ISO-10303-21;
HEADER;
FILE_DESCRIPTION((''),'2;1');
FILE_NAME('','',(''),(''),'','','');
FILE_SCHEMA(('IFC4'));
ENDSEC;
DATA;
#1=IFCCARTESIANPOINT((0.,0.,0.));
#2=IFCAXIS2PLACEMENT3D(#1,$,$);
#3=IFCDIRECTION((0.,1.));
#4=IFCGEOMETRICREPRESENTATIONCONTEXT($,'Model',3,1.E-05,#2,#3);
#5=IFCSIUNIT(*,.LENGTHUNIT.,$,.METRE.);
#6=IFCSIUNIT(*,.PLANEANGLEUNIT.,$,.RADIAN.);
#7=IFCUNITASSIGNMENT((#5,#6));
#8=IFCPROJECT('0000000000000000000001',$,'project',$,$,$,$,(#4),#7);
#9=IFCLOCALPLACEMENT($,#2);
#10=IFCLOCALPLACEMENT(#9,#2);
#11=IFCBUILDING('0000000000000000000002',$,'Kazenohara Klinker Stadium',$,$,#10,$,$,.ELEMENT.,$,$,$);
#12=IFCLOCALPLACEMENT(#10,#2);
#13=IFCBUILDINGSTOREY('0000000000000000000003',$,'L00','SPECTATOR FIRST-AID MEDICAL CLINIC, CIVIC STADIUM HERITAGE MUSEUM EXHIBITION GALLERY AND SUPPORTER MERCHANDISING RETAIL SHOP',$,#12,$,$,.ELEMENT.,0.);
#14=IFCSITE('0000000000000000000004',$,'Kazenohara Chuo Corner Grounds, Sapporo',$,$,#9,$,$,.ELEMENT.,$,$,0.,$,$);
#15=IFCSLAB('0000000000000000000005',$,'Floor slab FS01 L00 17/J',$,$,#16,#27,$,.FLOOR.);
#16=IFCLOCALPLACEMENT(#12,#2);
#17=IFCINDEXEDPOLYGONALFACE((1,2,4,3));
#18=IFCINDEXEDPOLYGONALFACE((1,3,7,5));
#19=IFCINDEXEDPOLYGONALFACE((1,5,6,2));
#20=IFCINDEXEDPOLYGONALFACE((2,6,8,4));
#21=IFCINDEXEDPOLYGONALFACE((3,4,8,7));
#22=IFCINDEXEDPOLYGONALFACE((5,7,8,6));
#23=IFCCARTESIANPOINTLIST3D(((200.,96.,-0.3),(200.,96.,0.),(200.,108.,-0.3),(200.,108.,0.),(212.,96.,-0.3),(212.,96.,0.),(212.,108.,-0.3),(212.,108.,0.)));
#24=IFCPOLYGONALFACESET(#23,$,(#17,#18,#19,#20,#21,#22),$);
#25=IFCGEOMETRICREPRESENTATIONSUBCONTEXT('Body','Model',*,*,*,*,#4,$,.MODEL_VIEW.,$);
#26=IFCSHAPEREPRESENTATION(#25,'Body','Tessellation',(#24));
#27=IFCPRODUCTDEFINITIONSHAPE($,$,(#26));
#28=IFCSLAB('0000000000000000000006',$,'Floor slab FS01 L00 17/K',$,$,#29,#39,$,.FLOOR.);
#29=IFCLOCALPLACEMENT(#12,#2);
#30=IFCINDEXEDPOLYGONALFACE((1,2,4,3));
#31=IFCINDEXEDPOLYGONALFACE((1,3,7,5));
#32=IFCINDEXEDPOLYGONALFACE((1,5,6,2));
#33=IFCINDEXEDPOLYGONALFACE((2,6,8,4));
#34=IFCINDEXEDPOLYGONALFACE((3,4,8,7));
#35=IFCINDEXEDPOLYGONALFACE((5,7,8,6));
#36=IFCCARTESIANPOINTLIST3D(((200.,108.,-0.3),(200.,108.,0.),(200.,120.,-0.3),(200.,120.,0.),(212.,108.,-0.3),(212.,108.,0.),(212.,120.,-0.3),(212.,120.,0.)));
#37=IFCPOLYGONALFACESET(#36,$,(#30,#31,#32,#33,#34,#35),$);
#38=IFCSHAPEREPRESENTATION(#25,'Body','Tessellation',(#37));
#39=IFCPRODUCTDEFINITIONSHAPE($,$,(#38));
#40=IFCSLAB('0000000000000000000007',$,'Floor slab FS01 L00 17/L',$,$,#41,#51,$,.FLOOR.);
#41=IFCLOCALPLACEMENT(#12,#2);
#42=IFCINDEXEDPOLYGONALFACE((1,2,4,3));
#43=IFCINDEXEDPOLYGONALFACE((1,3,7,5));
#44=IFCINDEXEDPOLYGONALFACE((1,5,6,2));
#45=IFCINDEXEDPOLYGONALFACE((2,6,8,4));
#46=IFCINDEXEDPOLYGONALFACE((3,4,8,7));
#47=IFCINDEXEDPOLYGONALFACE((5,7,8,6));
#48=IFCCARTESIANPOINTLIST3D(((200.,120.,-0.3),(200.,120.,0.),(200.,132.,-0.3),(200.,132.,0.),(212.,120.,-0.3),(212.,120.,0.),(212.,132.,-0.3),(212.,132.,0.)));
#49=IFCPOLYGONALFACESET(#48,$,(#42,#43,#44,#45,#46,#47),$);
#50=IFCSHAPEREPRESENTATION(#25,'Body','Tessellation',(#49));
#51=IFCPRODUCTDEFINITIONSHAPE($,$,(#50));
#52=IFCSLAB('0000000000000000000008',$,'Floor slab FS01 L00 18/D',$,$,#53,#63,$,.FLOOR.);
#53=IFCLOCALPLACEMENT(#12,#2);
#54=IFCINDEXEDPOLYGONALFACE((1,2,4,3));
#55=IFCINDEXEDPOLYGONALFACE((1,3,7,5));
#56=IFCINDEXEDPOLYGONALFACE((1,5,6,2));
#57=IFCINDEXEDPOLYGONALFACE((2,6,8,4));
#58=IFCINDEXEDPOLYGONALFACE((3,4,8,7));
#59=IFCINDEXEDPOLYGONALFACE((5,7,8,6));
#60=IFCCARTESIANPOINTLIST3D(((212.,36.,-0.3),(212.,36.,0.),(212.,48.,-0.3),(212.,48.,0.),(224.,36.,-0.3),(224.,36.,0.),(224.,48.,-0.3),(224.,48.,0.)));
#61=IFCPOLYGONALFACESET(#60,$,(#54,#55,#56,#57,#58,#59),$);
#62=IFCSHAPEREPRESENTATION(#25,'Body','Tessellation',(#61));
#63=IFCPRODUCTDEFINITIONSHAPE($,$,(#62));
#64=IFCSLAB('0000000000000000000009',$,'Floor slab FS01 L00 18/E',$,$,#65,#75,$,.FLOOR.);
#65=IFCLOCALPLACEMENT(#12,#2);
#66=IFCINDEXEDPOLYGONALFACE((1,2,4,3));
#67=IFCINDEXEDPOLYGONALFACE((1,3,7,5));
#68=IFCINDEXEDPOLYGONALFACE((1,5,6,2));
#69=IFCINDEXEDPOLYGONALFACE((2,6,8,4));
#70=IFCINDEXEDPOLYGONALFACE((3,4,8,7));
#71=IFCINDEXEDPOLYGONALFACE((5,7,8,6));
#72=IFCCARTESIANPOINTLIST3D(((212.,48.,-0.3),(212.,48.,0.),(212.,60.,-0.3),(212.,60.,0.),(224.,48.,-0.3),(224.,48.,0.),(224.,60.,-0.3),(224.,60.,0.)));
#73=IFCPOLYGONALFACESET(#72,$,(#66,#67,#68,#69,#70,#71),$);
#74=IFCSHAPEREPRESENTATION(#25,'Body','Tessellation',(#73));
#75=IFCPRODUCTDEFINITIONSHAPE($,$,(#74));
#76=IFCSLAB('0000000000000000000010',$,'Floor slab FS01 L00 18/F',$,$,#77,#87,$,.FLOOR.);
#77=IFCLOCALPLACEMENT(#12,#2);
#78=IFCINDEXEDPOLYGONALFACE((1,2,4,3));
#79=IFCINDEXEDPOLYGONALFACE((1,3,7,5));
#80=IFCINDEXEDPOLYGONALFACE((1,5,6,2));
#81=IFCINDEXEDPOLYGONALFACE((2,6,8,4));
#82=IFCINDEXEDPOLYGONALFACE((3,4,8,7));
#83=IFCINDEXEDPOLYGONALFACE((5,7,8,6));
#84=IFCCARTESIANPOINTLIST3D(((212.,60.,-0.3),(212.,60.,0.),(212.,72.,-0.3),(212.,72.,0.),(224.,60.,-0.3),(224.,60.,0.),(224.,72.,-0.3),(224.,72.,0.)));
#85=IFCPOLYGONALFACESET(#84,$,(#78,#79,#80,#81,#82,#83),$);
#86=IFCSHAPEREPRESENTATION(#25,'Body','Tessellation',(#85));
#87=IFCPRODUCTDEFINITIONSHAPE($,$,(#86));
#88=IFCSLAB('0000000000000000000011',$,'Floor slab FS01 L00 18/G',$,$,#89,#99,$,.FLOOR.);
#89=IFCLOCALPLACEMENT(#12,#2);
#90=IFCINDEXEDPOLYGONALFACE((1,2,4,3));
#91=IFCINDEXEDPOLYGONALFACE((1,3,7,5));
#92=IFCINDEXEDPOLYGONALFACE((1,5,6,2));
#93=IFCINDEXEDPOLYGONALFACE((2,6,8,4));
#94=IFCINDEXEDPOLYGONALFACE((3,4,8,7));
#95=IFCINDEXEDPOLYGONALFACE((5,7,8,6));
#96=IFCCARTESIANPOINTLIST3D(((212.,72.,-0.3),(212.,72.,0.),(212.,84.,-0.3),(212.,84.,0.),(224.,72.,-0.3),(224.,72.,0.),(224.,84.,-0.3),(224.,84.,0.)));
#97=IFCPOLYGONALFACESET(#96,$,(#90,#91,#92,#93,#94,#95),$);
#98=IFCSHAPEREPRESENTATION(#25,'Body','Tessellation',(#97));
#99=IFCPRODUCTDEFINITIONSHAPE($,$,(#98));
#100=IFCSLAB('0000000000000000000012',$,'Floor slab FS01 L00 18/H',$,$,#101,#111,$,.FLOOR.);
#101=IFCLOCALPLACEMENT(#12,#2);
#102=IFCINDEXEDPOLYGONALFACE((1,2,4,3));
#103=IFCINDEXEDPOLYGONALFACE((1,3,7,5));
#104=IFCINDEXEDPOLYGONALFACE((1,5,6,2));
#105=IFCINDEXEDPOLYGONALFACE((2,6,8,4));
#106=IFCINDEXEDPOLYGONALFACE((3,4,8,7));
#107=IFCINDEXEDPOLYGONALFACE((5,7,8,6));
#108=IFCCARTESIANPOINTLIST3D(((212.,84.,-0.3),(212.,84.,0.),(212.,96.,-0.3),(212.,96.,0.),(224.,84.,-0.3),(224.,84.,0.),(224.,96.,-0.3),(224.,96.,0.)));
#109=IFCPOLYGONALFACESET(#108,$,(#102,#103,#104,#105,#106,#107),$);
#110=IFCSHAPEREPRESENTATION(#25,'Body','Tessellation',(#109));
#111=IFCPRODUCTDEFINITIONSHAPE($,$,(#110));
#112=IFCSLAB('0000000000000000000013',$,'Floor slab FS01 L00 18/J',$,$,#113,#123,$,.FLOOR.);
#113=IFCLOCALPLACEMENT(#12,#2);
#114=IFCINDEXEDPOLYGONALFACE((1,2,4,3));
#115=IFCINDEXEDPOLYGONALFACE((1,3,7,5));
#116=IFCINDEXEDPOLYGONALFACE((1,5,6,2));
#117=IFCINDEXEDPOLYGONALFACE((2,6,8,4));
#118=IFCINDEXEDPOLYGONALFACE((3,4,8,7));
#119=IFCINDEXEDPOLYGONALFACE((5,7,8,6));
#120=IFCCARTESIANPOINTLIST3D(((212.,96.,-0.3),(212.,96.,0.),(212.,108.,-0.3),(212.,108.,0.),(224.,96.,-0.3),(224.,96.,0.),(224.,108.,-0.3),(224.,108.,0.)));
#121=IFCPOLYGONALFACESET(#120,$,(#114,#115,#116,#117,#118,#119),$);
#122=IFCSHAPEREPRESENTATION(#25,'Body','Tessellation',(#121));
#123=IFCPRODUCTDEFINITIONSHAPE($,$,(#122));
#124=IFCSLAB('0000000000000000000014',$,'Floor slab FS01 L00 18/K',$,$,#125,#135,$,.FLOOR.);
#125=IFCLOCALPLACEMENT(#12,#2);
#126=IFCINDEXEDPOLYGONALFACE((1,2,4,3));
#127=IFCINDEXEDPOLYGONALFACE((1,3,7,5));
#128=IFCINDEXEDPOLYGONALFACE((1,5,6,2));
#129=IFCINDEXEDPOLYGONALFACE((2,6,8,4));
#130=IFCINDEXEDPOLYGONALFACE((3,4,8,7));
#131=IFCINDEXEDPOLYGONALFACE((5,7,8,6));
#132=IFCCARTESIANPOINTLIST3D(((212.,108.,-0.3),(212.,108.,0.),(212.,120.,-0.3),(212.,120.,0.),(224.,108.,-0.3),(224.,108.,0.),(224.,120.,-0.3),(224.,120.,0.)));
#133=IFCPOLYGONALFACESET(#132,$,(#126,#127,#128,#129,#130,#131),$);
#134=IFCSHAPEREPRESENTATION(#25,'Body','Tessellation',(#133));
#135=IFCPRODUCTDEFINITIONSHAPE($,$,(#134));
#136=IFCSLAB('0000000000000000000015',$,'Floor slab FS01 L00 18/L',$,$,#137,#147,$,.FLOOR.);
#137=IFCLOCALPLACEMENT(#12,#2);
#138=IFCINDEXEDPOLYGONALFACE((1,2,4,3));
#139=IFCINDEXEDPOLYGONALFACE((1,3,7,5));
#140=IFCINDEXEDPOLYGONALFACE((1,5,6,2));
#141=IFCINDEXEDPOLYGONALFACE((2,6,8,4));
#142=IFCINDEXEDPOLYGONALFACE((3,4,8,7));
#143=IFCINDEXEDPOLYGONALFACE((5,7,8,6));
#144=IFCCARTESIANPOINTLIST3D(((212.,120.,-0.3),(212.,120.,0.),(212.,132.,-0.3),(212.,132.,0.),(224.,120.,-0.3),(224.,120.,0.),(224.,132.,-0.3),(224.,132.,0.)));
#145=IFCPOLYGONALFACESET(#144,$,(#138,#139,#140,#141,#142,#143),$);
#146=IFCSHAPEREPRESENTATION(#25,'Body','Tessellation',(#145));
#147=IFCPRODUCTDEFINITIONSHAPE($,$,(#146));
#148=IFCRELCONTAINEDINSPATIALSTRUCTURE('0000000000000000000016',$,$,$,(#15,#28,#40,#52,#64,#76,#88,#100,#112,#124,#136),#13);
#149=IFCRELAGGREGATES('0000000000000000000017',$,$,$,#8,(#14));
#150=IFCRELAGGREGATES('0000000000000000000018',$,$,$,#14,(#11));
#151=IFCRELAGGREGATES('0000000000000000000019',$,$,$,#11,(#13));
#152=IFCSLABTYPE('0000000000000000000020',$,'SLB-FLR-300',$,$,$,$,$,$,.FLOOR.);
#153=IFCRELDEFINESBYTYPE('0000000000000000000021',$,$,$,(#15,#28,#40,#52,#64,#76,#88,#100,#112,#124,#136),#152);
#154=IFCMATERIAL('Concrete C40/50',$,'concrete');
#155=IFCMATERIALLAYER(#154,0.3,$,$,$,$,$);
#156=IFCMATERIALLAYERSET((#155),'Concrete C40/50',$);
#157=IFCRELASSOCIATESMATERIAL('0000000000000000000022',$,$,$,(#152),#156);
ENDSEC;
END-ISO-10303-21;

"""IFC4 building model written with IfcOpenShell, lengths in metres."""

from ifc_helpers import new_model, si_unit, direction, frame, origin, place, context, subcontext, project, spatial, polyline, outline, extrude, material, layer, layer_set, type_object, element, save


model = new_model("IFC4")

# Units and contexts
model_context = context("Model", 3, precision=1e-05, world=origin(), true_north=direction((0.0, 1.0)))
body_context = subcontext(model_context, "Body", "Model", "MODEL_VIEW")
ifc_project = project(units=[si_unit("LENGTHUNIT", "METRE"), si_unit("PLANEANGLEUNIT", "RADIAN")], contexts=[model_context])

# Site, building, storey
site_placement = place(None, origin())
site = spatial("IfcSite", under=ifc_project, at=site_placement, Name="Kazenohara Chuo Corner Grounds, Sapporo", CompositionType="ELEMENT", RefElevation=0.0)
building_placement = place(site_placement, origin())
building = spatial("IfcBuilding", under=site, at=building_placement, Name="Kazenohara Klinker Stadium", CompositionType="ELEMENT")
storey_placement = place(building_placement, origin())
storey = spatial("IfcBuildingStorey", under=building, at=storey_placement, Name="L00", Description="SPECTATOR FIRST-AID MEDICAL CLINIC, CIVIC STADIUM HERITAGE MUSEUM EXHIBITION GALLERY AND SUPPORTER MERCHANDISING RETAIL SHOP", CompositionType="ELEMENT", Elevation=0.0)

# Slabs
ifc_material = material(Name="Concrete C40/50", Category="concrete")
ifc_layer_1 = layer(ifc_material, 0.3)
ifc_layer_set_1 = layer_set([ifc_layer_1], Name="Concrete C40/50")
slab_type_1 = type_object("IfcSlabType", Name="SLB-FLR-300", PredefinedType="FLOOR", material=ifc_layer_set_1)
slab_1_placement = place(storey_placement, frame((0.0, 0.0, -0.3)))
element("IfcSlab", 1, at=slab_1_placement, inside=storey, type_object=slab_type_1, Name="Floor slab FS01 L00 17/J", PredefinedType="FLOOR", context=body_context, shape_type="SweptSolid", body=[
    extrude(outline(polyline([(200.0, 96.0), (212.0, 96.0), (212.0, 108.0), (200.0, 108.0), (200.0, 96.0)])), origin(), (0.0, 0.0, 1.0), 0.3),
])
slab_2_placement = place(storey_placement, frame((0.0, 0.0, -0.3)))
element("IfcSlab", 2, at=slab_2_placement, inside=storey, type_object=slab_type_1, Name="Floor slab FS01 L00 17/K", PredefinedType="FLOOR", context=body_context, shape_type="SweptSolid", body=[
    extrude(outline(polyline([(200.0, 108.0), (212.0, 108.0), (212.0, 120.0), (200.0, 120.0), (200.0, 108.0)])), origin(), (0.0, 0.0, 1.0), 0.3),
])
slab_3_placement = place(storey_placement, frame((0.0, 0.0, -0.3)))
element("IfcSlab", 3, at=slab_3_placement, inside=storey, type_object=slab_type_1, Name="Floor slab FS01 L00 17/L", PredefinedType="FLOOR", context=body_context, shape_type="SweptSolid", body=[
    extrude(outline(polyline([(200.0, 120.0), (212.0, 120.0), (212.0, 132.0), (200.0, 132.0), (200.0, 120.0)])), origin(), (0.0, 0.0, 1.0), 0.3),
])
slab_4_placement = place(storey_placement, frame((0.0, 0.0, -0.3)))
element("IfcSlab", 4, at=slab_4_placement, inside=storey, type_object=slab_type_1, Name="Floor slab FS01 L00 18/D", PredefinedType="FLOOR", context=body_context, shape_type="SweptSolid", body=[
    extrude(outline(polyline([(212.0, 36.0), (224.0, 36.0), (224.0, 48.0), (212.0, 48.0), (212.0, 36.0)])), origin(), (0.0, 0.0, 1.0), 0.3),
])
slab_5_placement = place(storey_placement, frame((0.0, 0.0, -0.3)))
element("IfcSlab", 5, at=slab_5_placement, inside=storey, type_object=slab_type_1, Name="Floor slab FS01 L00 18/E", PredefinedType="FLOOR", context=body_context, shape_type="SweptSolid", body=[
    extrude(outline(polyline([(212.0, 48.0), (224.0, 48.0), (224.0, 60.0), (212.0, 60.0), (212.0, 48.0)])), origin(), (0.0, 0.0, 1.0), 0.3),
])
slab_6_placement = place(storey_placement, frame((0.0, 0.0, -0.3)))
element("IfcSlab", 6, at=slab_6_placement, inside=storey, type_object=slab_type_1, Name="Floor slab FS01 L00 18/F", PredefinedType="FLOOR", context=body_context, shape_type="SweptSolid", body=[
    extrude(outline(polyline([(212.0, 60.0), (224.0, 60.0), (224.0, 72.0), (212.0, 72.0), (212.0, 60.0)])), origin(), (0.0, 0.0, 1.0), 0.3),
])
slab_7_placement = place(storey_placement, frame((0.0, 0.0, -0.3)))
element("IfcSlab", 7, at=slab_7_placement, inside=storey, type_object=slab_type_1, Name="Floor slab FS01 L00 18/G", PredefinedType="FLOOR", context=body_context, shape_type="SweptSolid", body=[
    extrude(outline(polyline([(212.0, 72.0), (224.0, 72.0), (224.0, 84.0), (212.0, 84.0), (212.0, 72.0)])), origin(), (0.0, 0.0, 1.0), 0.3),
])
slab_8_placement = place(storey_placement, frame((0.0, 0.0, -0.3)))
element("IfcSlab", 8, at=slab_8_placement, inside=storey, type_object=slab_type_1, Name="Floor slab FS01 L00 18/H", PredefinedType="FLOOR", context=body_context, shape_type="SweptSolid", body=[
    extrude(outline(polyline([(212.0, 84.0), (224.0, 84.0), (224.0, 96.0), (212.0, 96.0), (212.0, 84.0)])), origin(), (0.0, 0.0, 1.0), 0.3),
])
slab_9_placement = place(storey_placement, frame((0.0, 0.0, -0.3)))
element("IfcSlab", 9, at=slab_9_placement, inside=storey, type_object=slab_type_1, Name="Floor slab FS01 L00 18/J", PredefinedType="FLOOR", context=body_context, shape_type="SweptSolid", body=[
    extrude(outline(polyline([(212.0, 96.0), (224.0, 96.0), (224.0, 108.0), (212.0, 108.0), (212.0, 96.0)])), origin(), (0.0, 0.0, 1.0), 0.3),
])
slab_10_placement = place(storey_placement, frame((0.0, 0.0, -0.3)))
element("IfcSlab", 10, at=slab_10_placement, inside=storey, type_object=slab_type_1, Name="Floor slab FS01 L00 18/K", PredefinedType="FLOOR", context=body_context, shape_type="SweptSolid", body=[
    extrude(outline(polyline([(212.0, 108.0), (224.0, 108.0), (224.0, 120.0), (212.0, 120.0), (212.0, 108.0)])), origin(), (0.0, 0.0, 1.0), 0.3),
])
slab_11_placement = place(storey_placement, frame((0.0, 0.0, -0.3)))
element("IfcSlab", 11, at=slab_11_placement, inside=storey, type_object=slab_type_1, Name="Floor slab FS01 L00 18/L", PredefinedType="FLOOR", context=body_context, shape_type="SweptSolid", body=[
    extrude(outline(polyline([(212.0, 120.0), (224.0, 120.0), (224.0, 132.0), (212.0, 132.0), (212.0, 120.0)])), origin(), (0.0, 0.0, 1.0), 0.3),
])

save(model, "model.ifc")
